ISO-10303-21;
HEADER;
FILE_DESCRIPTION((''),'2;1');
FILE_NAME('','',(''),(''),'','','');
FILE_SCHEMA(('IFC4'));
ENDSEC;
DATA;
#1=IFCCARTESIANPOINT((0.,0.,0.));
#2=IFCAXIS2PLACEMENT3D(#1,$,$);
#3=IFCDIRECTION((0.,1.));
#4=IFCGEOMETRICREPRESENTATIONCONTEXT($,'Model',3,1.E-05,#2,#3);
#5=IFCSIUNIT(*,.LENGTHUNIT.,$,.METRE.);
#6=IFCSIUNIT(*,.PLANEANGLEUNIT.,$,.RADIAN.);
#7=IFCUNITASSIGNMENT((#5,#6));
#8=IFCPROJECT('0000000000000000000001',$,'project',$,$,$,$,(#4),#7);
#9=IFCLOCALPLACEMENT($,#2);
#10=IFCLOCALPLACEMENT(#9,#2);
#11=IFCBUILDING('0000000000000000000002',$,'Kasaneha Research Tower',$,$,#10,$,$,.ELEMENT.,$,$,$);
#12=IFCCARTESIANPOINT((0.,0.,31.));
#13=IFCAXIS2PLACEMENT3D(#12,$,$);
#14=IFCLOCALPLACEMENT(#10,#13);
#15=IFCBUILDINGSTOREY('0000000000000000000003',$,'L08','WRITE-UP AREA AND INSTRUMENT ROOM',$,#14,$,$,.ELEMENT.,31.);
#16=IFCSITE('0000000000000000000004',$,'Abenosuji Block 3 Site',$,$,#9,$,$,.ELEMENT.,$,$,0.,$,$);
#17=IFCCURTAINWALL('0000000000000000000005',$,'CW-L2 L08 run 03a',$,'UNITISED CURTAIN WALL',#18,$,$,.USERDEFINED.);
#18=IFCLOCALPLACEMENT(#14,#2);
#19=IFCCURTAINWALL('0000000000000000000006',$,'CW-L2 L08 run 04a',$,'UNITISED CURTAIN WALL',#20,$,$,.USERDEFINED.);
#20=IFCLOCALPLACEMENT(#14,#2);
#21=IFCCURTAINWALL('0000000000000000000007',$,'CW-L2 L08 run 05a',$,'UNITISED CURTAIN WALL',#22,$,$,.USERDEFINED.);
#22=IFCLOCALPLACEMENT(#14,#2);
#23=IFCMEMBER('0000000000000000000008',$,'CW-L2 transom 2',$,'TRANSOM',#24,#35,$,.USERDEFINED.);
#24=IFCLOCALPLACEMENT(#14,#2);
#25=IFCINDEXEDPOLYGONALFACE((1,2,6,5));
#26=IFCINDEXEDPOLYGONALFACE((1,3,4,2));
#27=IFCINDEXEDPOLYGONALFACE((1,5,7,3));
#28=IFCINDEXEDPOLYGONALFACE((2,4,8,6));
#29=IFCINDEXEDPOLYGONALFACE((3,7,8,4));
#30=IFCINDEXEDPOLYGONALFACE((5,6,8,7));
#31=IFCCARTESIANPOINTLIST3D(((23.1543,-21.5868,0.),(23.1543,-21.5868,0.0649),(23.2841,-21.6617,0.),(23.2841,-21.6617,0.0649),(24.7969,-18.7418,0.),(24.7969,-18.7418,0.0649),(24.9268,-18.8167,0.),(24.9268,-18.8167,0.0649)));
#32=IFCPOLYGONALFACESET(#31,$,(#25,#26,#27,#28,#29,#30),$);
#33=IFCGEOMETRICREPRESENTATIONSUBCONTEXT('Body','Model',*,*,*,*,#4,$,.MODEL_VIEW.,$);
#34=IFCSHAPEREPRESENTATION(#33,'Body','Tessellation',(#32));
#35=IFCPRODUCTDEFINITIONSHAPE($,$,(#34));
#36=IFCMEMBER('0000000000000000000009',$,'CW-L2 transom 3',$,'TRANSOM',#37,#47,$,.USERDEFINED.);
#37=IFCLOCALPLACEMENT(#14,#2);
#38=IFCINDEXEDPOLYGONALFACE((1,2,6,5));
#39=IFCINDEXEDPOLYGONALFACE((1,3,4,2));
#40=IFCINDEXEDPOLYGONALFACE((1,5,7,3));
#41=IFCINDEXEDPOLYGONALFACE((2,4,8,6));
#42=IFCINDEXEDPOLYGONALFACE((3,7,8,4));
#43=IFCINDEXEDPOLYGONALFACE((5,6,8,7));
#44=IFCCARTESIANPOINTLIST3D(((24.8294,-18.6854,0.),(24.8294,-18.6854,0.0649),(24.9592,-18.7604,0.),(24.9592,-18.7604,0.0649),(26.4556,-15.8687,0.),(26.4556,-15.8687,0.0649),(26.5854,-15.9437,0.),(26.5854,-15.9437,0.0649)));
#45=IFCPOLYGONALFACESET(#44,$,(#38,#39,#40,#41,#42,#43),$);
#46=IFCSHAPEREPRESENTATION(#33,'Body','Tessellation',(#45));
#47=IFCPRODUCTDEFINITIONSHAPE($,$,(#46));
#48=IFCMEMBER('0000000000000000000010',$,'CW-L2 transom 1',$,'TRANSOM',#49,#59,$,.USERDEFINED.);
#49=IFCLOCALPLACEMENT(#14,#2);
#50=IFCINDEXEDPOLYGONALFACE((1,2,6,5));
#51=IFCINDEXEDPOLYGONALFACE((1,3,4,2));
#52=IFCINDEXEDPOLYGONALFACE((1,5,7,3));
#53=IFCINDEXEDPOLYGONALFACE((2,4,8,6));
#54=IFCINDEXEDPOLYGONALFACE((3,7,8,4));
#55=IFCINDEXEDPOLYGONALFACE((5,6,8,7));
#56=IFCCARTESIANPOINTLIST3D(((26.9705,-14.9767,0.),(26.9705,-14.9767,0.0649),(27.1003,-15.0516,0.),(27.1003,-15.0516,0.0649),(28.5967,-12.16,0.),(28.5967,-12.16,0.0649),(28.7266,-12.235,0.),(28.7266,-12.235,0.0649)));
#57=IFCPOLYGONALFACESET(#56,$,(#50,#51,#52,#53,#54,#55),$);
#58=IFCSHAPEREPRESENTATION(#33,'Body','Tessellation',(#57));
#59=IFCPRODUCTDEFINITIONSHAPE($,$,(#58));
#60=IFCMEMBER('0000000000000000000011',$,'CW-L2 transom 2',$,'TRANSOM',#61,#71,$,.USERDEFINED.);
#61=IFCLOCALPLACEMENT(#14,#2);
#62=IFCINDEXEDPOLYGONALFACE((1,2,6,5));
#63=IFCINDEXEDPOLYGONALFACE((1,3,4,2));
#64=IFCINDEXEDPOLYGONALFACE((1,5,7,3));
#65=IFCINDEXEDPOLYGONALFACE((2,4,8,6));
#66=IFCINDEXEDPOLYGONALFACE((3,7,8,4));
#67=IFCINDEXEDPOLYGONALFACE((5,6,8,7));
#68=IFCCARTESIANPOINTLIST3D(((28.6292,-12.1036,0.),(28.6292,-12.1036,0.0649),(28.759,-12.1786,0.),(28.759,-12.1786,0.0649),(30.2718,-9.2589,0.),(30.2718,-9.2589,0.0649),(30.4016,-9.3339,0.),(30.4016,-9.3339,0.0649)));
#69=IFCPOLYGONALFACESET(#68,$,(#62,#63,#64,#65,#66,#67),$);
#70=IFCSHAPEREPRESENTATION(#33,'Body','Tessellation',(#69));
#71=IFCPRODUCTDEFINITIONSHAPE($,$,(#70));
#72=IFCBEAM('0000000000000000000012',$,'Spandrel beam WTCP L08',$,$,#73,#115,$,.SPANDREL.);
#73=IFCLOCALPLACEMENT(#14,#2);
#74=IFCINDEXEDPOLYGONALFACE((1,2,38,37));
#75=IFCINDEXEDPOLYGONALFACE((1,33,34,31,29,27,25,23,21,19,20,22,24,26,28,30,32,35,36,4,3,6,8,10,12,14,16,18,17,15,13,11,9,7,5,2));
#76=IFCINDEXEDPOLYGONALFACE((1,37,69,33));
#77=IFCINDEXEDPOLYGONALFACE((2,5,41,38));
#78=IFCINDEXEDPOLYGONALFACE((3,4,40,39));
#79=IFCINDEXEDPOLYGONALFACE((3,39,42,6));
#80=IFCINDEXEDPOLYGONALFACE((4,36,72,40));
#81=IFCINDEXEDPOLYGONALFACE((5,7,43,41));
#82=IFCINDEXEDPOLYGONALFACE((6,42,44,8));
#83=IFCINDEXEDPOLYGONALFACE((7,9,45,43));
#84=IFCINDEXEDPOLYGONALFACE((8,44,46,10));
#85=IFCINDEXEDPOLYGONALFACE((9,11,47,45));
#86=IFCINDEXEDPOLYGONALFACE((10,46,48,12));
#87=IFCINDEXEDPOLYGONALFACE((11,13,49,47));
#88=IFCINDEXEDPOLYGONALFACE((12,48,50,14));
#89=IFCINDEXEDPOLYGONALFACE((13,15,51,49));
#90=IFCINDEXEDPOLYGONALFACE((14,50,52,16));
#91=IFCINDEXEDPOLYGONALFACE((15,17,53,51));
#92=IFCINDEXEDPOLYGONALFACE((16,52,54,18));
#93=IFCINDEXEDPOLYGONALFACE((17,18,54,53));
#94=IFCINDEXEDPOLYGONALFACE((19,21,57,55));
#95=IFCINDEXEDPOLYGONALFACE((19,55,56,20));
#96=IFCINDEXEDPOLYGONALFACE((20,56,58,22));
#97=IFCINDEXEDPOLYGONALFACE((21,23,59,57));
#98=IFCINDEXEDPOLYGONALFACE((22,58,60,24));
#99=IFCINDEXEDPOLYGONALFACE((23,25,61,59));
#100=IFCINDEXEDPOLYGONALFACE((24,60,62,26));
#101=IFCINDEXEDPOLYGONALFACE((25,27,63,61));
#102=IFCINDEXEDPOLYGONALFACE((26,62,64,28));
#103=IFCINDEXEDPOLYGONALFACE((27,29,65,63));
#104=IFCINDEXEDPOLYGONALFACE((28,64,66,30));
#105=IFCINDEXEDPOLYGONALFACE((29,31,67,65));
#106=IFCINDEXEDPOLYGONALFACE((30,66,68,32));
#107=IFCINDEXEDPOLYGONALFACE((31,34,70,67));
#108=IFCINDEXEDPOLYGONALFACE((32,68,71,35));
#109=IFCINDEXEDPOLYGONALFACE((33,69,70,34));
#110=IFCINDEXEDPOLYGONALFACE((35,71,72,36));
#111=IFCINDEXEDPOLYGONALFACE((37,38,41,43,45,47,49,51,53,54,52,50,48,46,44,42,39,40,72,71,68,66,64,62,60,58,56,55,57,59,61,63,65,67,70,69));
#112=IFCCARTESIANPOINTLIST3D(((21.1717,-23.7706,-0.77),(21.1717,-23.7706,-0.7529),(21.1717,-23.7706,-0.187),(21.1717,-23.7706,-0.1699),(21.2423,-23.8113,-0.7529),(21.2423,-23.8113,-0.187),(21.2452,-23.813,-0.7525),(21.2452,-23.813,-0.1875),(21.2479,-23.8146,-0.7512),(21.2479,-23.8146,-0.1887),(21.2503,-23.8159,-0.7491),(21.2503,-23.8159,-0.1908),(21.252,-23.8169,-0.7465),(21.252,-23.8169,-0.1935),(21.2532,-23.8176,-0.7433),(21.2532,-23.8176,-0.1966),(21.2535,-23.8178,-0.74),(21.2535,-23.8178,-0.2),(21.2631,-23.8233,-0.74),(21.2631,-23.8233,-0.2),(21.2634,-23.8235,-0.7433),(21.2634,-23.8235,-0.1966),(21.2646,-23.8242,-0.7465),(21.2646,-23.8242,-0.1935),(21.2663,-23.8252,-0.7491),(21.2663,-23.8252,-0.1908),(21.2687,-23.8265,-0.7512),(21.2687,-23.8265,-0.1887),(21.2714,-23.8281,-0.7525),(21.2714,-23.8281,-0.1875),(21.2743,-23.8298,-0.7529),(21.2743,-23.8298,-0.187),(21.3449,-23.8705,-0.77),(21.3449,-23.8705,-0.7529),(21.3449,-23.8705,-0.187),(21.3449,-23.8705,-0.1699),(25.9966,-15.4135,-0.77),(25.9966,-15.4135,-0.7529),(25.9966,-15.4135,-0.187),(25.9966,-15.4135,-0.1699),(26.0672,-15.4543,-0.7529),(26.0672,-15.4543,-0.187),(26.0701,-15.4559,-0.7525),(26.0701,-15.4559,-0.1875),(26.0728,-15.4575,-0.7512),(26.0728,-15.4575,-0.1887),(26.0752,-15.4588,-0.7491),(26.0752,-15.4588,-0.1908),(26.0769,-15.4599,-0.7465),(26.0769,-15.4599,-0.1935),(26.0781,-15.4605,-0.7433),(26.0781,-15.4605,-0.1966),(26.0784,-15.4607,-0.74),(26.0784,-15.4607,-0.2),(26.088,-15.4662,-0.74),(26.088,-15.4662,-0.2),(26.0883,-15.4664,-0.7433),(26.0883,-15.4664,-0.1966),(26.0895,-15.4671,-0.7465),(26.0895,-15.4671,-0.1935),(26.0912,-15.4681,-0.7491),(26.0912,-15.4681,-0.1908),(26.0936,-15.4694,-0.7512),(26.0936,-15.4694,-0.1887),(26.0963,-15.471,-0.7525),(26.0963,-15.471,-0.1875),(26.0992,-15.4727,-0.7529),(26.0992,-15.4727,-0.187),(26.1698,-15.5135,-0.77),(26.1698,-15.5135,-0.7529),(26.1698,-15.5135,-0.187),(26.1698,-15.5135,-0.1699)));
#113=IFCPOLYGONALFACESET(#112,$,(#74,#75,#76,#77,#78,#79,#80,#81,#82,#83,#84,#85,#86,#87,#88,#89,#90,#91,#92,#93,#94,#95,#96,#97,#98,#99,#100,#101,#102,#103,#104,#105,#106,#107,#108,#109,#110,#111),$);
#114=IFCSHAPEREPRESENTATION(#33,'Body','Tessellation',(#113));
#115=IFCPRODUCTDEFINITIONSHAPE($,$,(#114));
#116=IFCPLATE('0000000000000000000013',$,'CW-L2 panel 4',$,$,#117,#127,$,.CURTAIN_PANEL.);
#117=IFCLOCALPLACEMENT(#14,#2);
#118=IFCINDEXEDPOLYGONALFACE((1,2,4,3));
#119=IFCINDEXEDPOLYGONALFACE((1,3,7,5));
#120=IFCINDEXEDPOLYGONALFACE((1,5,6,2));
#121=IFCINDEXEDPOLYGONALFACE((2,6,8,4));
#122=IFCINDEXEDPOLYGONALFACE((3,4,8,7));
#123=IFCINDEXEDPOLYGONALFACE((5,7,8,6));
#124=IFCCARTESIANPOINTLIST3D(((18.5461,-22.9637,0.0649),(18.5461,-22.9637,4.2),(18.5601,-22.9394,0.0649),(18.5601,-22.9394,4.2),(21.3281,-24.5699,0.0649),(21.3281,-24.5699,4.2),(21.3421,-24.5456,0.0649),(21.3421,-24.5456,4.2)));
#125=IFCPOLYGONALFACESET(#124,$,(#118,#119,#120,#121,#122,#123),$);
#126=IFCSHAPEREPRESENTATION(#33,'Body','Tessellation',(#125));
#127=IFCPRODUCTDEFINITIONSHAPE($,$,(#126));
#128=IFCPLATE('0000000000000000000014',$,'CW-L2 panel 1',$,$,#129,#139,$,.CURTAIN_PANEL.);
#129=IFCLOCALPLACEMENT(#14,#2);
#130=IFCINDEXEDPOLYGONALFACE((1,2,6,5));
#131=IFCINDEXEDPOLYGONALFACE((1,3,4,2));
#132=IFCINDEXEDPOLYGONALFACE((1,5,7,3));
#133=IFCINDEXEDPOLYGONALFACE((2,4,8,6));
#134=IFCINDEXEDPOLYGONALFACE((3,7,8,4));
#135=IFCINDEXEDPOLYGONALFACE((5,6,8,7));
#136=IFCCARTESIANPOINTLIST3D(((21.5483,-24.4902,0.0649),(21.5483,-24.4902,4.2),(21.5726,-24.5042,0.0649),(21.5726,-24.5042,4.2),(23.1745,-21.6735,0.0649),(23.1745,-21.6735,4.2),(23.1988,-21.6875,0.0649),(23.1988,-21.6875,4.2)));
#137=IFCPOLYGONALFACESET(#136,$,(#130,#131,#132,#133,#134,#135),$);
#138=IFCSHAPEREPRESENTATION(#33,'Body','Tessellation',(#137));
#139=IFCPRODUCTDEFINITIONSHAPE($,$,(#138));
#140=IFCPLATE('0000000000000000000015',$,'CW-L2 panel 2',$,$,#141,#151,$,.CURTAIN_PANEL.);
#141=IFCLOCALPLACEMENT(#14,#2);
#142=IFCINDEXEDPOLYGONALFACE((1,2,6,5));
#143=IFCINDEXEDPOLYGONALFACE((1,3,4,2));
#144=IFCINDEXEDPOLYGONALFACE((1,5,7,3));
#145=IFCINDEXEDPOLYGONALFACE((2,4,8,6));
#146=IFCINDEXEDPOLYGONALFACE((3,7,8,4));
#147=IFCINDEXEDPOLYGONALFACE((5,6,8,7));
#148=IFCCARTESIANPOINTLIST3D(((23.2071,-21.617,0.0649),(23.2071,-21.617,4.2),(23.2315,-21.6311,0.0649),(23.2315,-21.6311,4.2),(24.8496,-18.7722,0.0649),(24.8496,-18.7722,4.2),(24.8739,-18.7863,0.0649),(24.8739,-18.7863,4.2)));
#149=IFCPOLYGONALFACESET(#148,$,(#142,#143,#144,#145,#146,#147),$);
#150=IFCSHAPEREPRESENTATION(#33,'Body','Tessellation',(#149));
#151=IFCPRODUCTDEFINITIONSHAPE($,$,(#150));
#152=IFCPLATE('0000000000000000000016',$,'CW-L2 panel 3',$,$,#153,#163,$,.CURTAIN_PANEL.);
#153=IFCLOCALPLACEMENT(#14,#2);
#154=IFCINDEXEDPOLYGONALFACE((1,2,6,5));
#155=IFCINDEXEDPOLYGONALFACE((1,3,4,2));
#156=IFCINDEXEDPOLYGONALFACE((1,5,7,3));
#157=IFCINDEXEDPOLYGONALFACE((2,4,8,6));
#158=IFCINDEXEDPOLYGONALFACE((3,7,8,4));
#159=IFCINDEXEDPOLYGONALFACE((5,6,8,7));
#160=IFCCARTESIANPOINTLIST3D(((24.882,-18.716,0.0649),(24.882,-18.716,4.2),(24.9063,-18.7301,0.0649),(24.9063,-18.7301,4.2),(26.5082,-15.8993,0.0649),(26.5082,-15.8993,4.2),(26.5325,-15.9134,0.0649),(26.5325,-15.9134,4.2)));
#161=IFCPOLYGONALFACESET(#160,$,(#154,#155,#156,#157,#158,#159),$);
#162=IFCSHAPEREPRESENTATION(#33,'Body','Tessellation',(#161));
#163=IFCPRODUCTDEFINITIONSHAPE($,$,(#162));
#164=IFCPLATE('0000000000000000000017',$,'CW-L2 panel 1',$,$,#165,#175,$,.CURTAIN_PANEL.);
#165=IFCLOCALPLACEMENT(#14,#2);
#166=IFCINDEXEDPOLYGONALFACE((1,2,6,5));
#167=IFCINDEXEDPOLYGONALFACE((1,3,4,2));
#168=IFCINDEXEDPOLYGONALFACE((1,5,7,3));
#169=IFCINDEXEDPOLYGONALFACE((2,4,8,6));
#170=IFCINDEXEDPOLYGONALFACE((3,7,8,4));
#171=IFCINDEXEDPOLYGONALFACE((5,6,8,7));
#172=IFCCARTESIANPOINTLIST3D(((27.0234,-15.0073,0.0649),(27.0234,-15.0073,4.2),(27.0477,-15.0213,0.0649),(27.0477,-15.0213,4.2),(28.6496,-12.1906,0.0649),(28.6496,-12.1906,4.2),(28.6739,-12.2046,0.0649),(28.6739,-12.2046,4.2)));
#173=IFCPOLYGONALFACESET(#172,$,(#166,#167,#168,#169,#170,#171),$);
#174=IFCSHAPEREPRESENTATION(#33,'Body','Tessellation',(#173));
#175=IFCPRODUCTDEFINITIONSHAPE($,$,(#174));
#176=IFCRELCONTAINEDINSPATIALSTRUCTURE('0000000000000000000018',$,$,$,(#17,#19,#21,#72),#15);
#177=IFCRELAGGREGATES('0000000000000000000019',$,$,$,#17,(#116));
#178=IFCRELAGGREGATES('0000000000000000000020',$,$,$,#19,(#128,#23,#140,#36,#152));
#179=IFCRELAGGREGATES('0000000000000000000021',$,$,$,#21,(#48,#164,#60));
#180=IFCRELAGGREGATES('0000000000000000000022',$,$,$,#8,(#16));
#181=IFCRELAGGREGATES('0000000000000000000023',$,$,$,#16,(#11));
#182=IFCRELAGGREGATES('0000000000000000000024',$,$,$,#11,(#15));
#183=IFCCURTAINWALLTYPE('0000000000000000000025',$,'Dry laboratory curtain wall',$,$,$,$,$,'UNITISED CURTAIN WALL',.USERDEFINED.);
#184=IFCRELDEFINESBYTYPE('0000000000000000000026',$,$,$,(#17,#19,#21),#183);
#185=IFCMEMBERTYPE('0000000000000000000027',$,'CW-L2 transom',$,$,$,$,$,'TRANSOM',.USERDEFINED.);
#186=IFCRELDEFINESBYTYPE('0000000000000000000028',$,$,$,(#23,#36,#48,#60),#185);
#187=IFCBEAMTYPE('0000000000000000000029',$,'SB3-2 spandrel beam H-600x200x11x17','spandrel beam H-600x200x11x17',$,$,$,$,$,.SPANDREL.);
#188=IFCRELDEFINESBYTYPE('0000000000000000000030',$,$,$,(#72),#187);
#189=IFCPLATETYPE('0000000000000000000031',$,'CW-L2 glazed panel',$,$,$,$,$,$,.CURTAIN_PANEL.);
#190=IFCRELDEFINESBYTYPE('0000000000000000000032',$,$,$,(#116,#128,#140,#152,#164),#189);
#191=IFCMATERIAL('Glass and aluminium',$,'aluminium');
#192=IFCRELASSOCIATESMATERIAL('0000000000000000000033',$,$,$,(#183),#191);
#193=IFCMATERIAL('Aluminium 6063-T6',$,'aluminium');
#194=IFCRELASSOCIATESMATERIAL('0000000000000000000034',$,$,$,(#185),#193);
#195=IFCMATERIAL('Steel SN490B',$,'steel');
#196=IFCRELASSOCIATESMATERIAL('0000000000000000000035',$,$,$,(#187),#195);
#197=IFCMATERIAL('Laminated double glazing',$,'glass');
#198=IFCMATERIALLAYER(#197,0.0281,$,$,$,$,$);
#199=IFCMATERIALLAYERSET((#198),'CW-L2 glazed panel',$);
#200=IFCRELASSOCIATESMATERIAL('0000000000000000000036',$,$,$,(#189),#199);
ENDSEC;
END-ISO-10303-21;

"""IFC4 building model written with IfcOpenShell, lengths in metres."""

from ifc_helpers import new_model, si_unit, direction, frame, origin, origin_2d, place, context, subcontext, project, spatial, rectangle, i_section, extrude, material, layer, layer_set, material_profile, profile_set, type_object, element, aggregate, save


model = new_model("IFC4")

# Units and contexts
model_context = context("Model", 3, precision=1e-05, world=origin(), true_north=direction((0.0, 1.0)))
body_context = subcontext(model_context, "Body", "Model", "MODEL_VIEW")
ifc_project = project(units=[si_unit("LENGTHUNIT", "METRE"), si_unit("PLANEANGLEUNIT", "RADIAN")], contexts=[model_context])

# Site, building, storey
site_placement = place(None, origin())
site = spatial("IfcSite", under=ifc_project, at=site_placement, Name="Abenosuji Block 3 Site", CompositionType="ELEMENT", RefElevation=0.0)
building_placement = place(site_placement, origin())
building = spatial("IfcBuilding", under=site, at=building_placement, Name="Kasaneha Research Tower", CompositionType="ELEMENT")
storey_placement = place(building_placement, frame((0.0, 0.0, 31.0)))
storey = spatial("IfcBuildingStorey", under=building, at=storey_placement, Name="L08", Description="WRITE-UP AREA AND INSTRUMENT ROOM", CompositionType="ELEMENT", Elevation=31.0)

# Curtain wall
ifc_material_1 = material(Name="Glass and aluminium", Category="aluminium")
curtain_wall_type = type_object("IfcCurtainWallType", Name="Dry laboratory curtain wall", ElementType="UNITISED CURTAIN WALL", PredefinedType="USERDEFINED", material=ifc_material_1)
curtain_wall_1_placement = place(storey_placement, origin())
curtain_wall_1 = element("IfcCurtainWall", 1, at=curtain_wall_1_placement, inside=storey, type_object=curtain_wall_type, Name="CW-L2 L08 run 03a", ObjectType="UNITISED CURTAIN WALL", PredefinedType="USERDEFINED")

# Curtain walls
curtain_wall_2_placement = place(storey_placement, origin())
curtain_wall_2 = element("IfcCurtainWall", 2, at=curtain_wall_2_placement, inside=storey, type_object=curtain_wall_type, Name="CW-L2 L08 run 04a", ObjectType="UNITISED CURTAIN WALL", PredefinedType="USERDEFINED")
curtain_wall_3_placement = place(storey_placement, origin())
curtain_wall_3 = element("IfcCurtainWall", 3, at=curtain_wall_3_placement, inside=storey, type_object=curtain_wall_type, Name="CW-L2 L08 run 05a", ObjectType="UNITISED CURTAIN WALL", PredefinedType="USERDEFINED")

# Members
ifc_material_2 = material(Name="Aluminium 6063-T6", Category="aluminium")
ifc_material_profile_1 = material_profile(ifc_material_2, rectangle(XDim=0.1499, YDim=0.0649, at=origin_2d()), Name="CW-L2 transom 150x65")
ifc_profile_set_1 = profile_set([ifc_material_profile_1], Name="Aluminium 6063-T6")
member_type_1 = type_object("IfcMemberType", Name="CW-L2 transom", ElementType="TRANSOM", PredefinedType="USERDEFINED", material=ifc_profile_set_1)
member_1_placement = place(storey_placement, frame((23.2192, -21.6243, 0.0325), z_axis=(0.500008, 0.866021, 0.0), x_axis=(-0.866021, 0.500008, 0.0)))
member_1 = element("IfcMember", 4, at=member_1_placement, type_object=member_type_1, Name="CW-L2 transom 2", ObjectType="TRANSOM", PredefinedType="USERDEFINED", context=body_context, shape_type="SweptSolid", body=[
    extrude(rectangle(XDim=0.1499, YDim=0.0649, at=origin_2d()), origin(), (0.0, 0.0, 1.0), 3.2852),
])
member_2_placement = place(storey_placement, frame((24.8943, -18.7229, 0.0325), z_axis=(0.500006, 0.866022, 0.0), x_axis=(-0.866022, 0.500006, 0.0)))
member_2 = element("IfcMember", 5, at=member_2_placement, type_object=member_type_1, Name="CW-L2 transom 3", ObjectType="TRANSOM", PredefinedType="USERDEFINED", context=body_context, shape_type="SweptSolid", body=[
    extrude(rectangle(XDim=0.1499, YDim=0.0649, at=origin_2d()), origin(), (0.0, 0.0, 1.0), 3.2524),
])
member_3_placement = place(storey_placement, frame((27.0354, -15.0142, 0.0325), z_axis=(0.500006, 0.866022, 0.0), x_axis=(-0.866022, 0.500006, 0.0)))
member_3 = element("IfcMember", 6, at=member_3_placement, type_object=member_type_1, Name="CW-L2 transom 1", ObjectType="TRANSOM", PredefinedType="USERDEFINED", context=body_context, shape_type="SweptSolid", body=[
    extrude(rectangle(XDim=0.1499, YDim=0.0649, at=origin_2d()), origin(), (0.0, 0.0, 1.0), 3.2524),
])
member_4_placement = place(storey_placement, frame((28.6941, -12.1411, 0.0325), z_axis=(0.50004, 0.866002, 0.0), x_axis=(-0.866002, 0.50004, 0.0)))
member_4 = element("IfcMember", 7, at=member_4_placement, type_object=member_type_1, Name="CW-L2 transom 2", ObjectType="TRANSOM", PredefinedType="USERDEFINED", context=body_context, shape_type="SweptSolid", body=[
    extrude(rectangle(XDim=0.1499, YDim=0.0649, at=origin_2d()), origin(), (0.0, 0.0, 1.0), 3.2849),
])

# Beam
ifc_material_3 = material(Name="Steel SN490B", Category="steel")
ifc_material_profile_2 = material_profile(ifc_material_3, i_section(OverallWidth=0.2, OverallDepth=0.6001, WebThickness=0.011, FlangeThickness=0.0171, FilletRadius=0.0129, at=origin_2d()), Name="H-600x200x11x17")
ifc_profile_set_2 = profile_set([ifc_material_profile_2], Name="Steel SN490B")
beam_type_1 = type_object("IfcBeamType", Name="SB3-2 spandrel beam H-600x200x11x17", Description="spandrel beam H-600x200x11x17", PredefinedType="SPANDREL", material=ifc_profile_set_2)
beam_1_placement = place(storey_placement, frame((21.2583, -23.8206, -0.47), z_axis=(0.499995, 0.866028, 0.0), x_axis=(-0.866028, 0.499995, 0.0)))
element("IfcBeam", 8, at=beam_1_placement, inside=storey, type_object=beam_type_1, Name="Spandrel beam WTCP L08", PredefinedType="SPANDREL", context=body_context, shape_type="SweptSolid", body=[
    extrude(i_section(OverallWidth=0.2, OverallDepth=0.6001, WebThickness=0.011, FlangeThickness=0.0171, FilletRadius=0.0129, at=origin_2d()), origin(), (0.0, 0.0, 1.0), 9.6499),
])

# Plates
ifc_material_4 = material(Name="Laminated double glazing", Category="glass")
ifc_layer_1 = layer(ifc_material_4, 0.0281)
ifc_layer_set_1 = layer_set([ifc_layer_1], Name="CW-L2 glazed panel")
plate_type = type_object("IfcPlateType", Name="CW-L2 glazed panel", PredefinedType="CURTAIN_PANEL", material=ifc_layer_set_1)
plate_1_placement = place(storey_placement, frame((19.9441, -23.7546, 0.0649), z_axis=(0.0, 0.0, 1.0), x_axis=(0.866025, -0.5, 0.0)))
plate_1 = element("IfcPlate", 9, at=plate_1_placement, type_object=plate_type, Name="CW-L2 panel 4", PredefinedType="CURTAIN_PANEL", context=body_context, shape_type="SweptSolid", body=[
    extrude(rectangle(XDim=3.2124, YDim=0.0281, at=origin_2d()), origin(), (0.0, 0.0, 1.0), 4.135),
])
aggregate(curtain_wall_1, [plate_1])
plate_2_placement = place(storey_placement, frame((22.3735, -23.0889, 0.0649), z_axis=(0.0, 0.0, 1.0), x_axis=(0.5, 0.866025, 0.0)))
plate_2 = element("IfcPlate", 10, at=plate_2_placement, type_object=plate_type, Name="CW-L2 panel 1", PredefinedType="CURTAIN_PANEL", context=body_context, shape_type="SweptSolid", body=[
    extrude(rectangle(XDim=3.2524, YDim=0.0281, at=origin_2d()), origin(), (0.0, 0.0, 1.0), 4.135),
])
plate_3_placement = place(storey_placement, frame((24.0405, -20.2017, 0.0649), z_axis=(0.0, 0.0, 1.0), x_axis=(0.5, 0.866025, 0.0)))
plate_3 = element("IfcPlate", 11, at=plate_3_placement, type_object=plate_type, Name="CW-L2 panel 2", PredefinedType="CURTAIN_PANEL", context=body_context, shape_type="SweptSolid", body=[
    extrude(rectangle(XDim=3.2849, YDim=0.0281, at=origin_2d()), origin(), (0.0, 0.0, 1.0), 4.135),
])
plate_4_placement = place(storey_placement, frame((25.7073, -17.3147, 0.0649), z_axis=(0.0, 0.0, 1.0), x_axis=(0.5, 0.866025, 0.0)))
plate_4 = element("IfcPlate", 12, at=plate_4_placement, type_object=plate_type, Name="CW-L2 panel 3", PredefinedType="CURTAIN_PANEL", context=body_context, shape_type="SweptSolid", body=[
    extrude(rectangle(XDim=3.2524, YDim=0.0281, at=origin_2d()), origin(), (0.0, 0.0, 1.0), 4.135),
])
aggregate(curtain_wall_2, [plate_2, member_1, plate_3, member_2, plate_4])
plate_5_placement = place(storey_placement, frame((27.8486, -13.606, 0.0649), z_axis=(0.0, 0.0, 1.0), x_axis=(0.5, 0.866025, 0.0)))
plate_5 = element("IfcPlate", 13, at=plate_5_placement, type_object=plate_type, Name="CW-L2 panel 1", PredefinedType="CURTAIN_PANEL", context=body_context, shape_type="SweptSolid", body=[
    extrude(rectangle(XDim=3.2524, YDim=0.0281, at=origin_2d()), origin(), (0.0, 0.0, 1.0), 4.135),
])
aggregate(curtain_wall_3, [member_3, plate_5, member_4])

save(model, "model.ifc")
